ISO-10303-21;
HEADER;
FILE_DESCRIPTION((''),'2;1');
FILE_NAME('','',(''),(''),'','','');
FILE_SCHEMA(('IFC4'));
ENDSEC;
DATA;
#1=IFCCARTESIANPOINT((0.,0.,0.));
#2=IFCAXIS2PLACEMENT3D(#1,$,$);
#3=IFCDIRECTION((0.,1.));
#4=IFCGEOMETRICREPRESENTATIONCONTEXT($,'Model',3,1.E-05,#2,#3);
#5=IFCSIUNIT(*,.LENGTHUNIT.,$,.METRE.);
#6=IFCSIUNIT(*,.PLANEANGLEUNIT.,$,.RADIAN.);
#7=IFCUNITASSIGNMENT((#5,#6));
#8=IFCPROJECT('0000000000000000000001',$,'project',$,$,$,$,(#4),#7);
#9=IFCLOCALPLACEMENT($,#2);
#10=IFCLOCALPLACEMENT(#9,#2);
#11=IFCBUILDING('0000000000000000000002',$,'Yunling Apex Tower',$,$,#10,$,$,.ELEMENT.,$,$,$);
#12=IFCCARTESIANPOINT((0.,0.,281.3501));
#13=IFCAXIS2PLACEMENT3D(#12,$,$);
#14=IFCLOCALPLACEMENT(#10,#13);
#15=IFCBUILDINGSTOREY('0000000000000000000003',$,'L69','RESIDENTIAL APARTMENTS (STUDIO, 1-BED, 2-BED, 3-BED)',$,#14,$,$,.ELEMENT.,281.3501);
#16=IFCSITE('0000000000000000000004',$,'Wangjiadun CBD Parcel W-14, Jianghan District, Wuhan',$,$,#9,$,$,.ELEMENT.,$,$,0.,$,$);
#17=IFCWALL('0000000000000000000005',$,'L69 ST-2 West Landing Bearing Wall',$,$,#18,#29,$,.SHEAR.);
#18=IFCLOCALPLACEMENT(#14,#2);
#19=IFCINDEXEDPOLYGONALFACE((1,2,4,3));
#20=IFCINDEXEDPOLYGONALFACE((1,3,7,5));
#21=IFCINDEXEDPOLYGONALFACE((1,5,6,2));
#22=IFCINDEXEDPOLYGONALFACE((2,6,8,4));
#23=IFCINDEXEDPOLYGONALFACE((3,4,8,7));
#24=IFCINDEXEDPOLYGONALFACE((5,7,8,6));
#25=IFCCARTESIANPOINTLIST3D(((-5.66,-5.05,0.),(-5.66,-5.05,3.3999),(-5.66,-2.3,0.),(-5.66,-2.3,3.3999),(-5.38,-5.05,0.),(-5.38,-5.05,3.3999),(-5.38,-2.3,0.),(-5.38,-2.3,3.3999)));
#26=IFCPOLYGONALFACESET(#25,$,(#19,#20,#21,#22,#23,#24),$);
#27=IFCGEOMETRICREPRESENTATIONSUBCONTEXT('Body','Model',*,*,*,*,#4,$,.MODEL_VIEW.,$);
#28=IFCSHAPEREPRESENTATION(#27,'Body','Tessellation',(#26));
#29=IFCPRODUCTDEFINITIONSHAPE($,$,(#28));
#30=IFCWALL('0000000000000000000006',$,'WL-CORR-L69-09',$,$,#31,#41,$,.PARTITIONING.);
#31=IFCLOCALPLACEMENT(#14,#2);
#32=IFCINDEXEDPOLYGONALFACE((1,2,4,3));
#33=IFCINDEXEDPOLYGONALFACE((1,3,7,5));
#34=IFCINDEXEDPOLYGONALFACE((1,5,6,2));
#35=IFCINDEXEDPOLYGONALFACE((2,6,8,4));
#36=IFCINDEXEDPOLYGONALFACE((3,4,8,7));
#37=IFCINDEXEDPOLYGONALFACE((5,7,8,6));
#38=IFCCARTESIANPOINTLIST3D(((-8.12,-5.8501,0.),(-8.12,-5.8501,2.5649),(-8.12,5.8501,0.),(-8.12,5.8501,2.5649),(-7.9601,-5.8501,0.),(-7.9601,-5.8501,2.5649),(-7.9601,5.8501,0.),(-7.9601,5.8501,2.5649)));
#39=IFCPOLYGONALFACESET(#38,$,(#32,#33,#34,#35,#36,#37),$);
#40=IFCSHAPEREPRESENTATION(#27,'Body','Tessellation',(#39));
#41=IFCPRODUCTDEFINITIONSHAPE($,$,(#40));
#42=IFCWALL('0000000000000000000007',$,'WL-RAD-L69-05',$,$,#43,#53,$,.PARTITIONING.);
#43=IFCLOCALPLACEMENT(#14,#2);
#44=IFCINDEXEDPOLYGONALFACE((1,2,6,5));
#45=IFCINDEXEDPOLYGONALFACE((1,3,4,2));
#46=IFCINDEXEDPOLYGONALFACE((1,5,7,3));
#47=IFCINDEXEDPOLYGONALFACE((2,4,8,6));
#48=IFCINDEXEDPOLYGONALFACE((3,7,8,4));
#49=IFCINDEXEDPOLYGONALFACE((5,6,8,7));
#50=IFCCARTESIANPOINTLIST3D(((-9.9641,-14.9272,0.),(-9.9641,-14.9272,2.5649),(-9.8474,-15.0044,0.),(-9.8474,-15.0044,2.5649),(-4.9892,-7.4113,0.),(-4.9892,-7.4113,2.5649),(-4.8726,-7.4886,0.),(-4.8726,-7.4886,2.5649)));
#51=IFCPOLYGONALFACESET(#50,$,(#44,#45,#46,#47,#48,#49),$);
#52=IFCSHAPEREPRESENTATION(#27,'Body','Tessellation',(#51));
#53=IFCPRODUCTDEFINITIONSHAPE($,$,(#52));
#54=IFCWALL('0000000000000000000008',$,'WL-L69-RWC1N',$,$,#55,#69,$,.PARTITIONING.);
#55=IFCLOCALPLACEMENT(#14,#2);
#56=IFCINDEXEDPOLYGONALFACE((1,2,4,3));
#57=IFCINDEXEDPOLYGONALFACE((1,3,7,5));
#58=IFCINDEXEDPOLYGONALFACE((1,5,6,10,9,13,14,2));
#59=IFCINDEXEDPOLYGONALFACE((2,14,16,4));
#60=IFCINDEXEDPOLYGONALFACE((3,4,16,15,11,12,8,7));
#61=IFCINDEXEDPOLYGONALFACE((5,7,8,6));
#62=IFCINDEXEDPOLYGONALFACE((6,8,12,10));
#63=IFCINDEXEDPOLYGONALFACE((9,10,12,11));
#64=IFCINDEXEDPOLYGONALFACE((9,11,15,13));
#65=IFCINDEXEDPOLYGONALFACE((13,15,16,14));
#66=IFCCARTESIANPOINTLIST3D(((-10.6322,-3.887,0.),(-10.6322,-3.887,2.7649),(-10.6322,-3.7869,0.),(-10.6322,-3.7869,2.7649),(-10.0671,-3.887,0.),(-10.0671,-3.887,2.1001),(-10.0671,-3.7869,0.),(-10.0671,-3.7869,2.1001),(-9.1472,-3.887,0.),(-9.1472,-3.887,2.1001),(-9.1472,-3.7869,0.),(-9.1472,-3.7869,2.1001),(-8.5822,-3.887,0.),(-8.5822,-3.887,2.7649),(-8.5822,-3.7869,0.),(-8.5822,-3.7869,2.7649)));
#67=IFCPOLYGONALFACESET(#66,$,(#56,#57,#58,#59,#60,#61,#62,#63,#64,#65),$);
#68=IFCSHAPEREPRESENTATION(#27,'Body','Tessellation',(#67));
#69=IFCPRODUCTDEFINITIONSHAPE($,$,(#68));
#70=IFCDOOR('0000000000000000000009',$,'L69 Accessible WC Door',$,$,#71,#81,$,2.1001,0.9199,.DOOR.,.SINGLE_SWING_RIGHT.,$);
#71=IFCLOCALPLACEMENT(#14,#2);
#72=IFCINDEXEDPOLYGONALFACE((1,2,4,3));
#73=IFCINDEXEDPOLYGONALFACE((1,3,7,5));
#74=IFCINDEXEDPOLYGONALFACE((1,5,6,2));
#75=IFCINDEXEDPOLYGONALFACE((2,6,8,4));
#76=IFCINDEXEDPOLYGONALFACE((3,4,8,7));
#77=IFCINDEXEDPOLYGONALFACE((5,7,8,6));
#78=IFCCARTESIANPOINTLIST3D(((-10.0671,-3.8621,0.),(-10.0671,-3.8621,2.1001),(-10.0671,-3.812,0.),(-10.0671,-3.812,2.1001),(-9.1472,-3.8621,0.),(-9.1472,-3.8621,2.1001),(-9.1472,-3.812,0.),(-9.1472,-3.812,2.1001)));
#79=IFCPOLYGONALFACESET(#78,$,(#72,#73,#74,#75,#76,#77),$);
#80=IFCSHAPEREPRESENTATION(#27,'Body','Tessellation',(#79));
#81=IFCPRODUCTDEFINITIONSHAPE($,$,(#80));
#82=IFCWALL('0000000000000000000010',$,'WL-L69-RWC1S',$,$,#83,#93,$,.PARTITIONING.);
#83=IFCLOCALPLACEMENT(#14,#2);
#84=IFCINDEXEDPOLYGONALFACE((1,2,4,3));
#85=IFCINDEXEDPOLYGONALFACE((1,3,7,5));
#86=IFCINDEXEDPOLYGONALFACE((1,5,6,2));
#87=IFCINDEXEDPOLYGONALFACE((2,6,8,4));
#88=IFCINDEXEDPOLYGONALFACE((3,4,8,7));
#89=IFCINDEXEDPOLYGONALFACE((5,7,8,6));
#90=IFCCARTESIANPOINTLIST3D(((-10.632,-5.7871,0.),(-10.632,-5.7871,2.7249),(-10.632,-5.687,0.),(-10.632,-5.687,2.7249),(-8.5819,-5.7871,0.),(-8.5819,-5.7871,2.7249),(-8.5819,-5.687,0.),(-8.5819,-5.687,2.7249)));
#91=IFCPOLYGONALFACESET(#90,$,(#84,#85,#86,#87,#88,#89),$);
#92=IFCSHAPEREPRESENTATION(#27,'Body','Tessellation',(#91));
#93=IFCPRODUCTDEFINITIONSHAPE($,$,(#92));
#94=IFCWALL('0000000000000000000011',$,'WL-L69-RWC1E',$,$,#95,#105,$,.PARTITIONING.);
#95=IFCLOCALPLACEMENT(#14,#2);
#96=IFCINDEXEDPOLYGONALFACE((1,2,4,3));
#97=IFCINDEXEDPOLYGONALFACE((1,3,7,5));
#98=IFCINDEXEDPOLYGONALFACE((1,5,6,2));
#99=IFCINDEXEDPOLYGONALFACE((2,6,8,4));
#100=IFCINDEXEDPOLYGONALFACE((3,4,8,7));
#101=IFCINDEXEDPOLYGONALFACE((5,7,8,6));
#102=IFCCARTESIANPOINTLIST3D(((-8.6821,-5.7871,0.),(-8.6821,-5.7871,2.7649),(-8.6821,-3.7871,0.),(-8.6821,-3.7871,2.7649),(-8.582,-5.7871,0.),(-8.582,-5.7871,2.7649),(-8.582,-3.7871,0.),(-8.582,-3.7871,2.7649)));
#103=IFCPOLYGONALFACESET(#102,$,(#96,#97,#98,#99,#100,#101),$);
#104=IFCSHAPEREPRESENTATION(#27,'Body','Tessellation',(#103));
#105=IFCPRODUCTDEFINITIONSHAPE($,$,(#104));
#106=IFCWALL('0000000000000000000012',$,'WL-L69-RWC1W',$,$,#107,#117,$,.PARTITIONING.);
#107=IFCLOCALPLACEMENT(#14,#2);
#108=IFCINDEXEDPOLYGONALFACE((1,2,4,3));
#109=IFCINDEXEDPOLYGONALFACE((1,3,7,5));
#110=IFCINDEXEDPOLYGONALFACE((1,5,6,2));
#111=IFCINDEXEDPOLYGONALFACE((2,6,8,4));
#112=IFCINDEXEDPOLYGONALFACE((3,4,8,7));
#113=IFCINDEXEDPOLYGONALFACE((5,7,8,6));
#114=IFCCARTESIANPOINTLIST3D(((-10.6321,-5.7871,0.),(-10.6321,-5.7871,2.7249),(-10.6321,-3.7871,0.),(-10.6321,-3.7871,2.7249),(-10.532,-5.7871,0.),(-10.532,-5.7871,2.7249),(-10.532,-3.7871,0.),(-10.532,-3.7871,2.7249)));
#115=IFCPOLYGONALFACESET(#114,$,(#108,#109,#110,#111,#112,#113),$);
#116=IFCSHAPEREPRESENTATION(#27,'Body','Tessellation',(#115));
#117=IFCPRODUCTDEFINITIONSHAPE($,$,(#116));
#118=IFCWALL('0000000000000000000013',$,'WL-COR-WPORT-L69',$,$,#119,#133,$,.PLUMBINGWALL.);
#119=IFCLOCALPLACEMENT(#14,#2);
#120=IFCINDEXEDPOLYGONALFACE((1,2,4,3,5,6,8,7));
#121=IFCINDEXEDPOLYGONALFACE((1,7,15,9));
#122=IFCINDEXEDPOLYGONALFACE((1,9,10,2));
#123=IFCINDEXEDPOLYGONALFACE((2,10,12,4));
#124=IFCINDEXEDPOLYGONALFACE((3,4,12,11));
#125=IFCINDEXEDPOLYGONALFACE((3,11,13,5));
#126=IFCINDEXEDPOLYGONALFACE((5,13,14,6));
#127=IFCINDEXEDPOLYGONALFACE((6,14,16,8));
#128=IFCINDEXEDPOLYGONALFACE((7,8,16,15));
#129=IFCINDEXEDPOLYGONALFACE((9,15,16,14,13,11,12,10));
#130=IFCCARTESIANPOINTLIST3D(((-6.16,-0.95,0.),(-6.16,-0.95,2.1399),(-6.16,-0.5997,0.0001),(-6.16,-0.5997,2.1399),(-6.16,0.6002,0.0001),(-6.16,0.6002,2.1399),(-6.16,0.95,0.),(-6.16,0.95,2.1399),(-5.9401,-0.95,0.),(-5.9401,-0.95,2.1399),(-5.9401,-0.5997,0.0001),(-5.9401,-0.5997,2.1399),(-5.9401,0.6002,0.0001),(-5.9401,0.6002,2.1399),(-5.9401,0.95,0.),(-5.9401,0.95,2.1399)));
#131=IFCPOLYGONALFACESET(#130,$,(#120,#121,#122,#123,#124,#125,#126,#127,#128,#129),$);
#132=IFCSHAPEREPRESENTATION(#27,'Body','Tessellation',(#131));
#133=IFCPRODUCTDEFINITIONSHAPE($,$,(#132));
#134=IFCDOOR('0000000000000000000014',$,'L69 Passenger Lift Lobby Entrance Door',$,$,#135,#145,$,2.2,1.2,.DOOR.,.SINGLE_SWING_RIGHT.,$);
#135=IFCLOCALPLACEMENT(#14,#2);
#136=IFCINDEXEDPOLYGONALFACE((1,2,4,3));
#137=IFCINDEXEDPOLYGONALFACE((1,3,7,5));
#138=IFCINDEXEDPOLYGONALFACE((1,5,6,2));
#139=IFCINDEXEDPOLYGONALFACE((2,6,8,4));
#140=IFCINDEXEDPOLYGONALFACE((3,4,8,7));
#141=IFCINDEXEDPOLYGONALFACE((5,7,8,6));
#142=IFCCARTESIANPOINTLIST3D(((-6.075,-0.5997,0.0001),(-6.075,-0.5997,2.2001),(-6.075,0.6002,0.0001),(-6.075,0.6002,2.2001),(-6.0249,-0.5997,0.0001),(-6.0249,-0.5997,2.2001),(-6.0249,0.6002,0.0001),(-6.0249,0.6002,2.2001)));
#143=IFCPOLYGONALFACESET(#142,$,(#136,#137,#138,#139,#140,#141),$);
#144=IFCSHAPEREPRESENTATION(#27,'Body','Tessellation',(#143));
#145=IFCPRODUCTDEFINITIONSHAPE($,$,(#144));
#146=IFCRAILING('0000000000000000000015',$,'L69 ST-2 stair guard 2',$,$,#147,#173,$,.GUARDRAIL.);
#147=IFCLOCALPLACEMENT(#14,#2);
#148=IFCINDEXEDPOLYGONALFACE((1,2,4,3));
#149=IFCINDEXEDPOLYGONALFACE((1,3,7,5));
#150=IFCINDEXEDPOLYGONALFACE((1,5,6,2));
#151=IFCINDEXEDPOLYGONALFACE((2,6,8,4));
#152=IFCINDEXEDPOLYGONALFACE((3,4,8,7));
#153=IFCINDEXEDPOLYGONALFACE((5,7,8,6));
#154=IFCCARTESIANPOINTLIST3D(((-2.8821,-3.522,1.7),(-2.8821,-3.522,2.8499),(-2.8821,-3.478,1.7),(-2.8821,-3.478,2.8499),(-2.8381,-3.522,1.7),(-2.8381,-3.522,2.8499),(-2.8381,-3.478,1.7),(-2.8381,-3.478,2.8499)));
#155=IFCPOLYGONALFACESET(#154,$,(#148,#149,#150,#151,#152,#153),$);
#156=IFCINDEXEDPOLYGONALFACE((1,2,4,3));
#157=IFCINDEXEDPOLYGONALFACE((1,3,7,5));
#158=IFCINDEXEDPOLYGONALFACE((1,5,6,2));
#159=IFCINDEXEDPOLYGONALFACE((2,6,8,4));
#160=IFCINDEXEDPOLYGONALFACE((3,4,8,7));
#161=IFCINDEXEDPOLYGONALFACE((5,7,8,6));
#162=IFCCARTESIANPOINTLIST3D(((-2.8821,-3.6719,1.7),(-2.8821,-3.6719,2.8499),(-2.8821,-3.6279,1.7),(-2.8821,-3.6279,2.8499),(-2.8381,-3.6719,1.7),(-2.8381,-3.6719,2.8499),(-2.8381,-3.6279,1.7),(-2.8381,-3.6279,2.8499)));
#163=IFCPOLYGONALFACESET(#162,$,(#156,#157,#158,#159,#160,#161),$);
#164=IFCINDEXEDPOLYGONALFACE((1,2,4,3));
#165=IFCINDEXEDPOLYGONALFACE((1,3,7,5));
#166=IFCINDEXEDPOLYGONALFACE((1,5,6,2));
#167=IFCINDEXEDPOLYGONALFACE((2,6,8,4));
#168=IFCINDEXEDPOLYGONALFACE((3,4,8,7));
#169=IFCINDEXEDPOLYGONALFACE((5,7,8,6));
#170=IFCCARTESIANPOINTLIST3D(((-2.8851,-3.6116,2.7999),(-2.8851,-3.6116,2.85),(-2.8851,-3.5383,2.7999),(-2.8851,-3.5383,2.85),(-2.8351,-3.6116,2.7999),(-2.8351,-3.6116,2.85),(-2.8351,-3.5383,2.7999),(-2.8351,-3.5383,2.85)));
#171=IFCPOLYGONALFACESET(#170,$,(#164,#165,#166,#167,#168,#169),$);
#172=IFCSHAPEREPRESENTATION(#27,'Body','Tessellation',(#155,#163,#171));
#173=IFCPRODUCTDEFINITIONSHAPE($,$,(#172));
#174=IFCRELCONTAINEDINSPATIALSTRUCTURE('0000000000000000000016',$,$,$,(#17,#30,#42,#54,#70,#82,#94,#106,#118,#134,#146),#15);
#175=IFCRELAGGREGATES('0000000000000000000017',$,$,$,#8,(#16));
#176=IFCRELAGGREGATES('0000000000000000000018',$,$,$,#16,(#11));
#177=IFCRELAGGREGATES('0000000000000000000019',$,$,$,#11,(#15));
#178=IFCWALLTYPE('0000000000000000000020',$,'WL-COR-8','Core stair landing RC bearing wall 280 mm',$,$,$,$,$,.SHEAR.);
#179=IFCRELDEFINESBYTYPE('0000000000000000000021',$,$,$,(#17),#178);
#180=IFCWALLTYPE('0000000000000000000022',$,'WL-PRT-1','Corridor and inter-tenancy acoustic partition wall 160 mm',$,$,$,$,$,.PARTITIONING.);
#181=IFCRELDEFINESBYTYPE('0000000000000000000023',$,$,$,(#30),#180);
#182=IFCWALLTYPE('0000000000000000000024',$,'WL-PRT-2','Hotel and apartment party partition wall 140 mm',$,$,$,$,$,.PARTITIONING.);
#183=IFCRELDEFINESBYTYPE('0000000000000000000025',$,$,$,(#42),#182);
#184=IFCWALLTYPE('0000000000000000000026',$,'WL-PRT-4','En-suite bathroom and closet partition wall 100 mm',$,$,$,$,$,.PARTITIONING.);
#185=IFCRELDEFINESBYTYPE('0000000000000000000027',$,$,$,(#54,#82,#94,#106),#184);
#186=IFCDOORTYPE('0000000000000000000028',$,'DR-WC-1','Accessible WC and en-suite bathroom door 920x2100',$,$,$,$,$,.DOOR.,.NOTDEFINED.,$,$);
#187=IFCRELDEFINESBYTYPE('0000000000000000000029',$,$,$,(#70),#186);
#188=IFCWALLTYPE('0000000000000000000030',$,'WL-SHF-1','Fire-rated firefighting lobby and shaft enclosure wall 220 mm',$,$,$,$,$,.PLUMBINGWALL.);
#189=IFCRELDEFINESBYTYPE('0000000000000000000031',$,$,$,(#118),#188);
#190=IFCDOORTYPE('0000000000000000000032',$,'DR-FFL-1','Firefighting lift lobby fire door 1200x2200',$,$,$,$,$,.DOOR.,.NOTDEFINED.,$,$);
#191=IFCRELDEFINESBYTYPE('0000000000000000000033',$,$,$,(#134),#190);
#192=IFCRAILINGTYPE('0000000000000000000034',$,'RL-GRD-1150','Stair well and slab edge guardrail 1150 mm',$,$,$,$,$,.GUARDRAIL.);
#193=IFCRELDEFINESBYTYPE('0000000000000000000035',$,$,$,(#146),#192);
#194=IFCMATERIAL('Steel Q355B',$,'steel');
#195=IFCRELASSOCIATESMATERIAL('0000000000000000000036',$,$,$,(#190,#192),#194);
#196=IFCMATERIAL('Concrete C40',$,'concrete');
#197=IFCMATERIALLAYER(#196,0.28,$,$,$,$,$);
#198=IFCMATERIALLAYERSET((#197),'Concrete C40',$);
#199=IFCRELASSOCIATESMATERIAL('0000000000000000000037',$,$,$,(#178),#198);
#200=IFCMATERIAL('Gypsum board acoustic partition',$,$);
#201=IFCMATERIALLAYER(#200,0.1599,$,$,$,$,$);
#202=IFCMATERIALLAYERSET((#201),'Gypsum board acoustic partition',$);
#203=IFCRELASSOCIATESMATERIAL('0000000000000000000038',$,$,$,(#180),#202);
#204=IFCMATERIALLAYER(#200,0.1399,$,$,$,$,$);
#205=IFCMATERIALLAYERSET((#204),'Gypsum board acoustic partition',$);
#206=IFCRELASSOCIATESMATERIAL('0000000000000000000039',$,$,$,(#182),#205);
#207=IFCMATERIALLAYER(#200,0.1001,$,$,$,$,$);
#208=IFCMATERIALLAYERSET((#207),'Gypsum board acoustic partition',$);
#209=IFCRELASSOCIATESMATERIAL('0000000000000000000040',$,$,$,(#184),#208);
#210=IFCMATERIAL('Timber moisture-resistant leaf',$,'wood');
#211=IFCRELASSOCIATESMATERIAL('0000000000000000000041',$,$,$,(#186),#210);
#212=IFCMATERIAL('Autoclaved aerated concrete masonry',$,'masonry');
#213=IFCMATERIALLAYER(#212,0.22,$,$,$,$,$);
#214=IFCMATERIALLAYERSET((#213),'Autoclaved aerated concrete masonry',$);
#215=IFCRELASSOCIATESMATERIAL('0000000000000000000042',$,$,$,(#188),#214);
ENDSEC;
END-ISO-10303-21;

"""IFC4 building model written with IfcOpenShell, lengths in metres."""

from ifc_helpers import new_model, si_unit, direction, frame, frame_2d, origin, origin_2d, place, context, subcontext, project, spatial, rectangle, extrude, material, layer, layer_set, type_object, element, fill, save


model = new_model("IFC4")

# Units and contexts
model_context = context("Model", 3, precision=1e-05, world=origin(), true_north=direction((0.0, 1.0)))
body_context = subcontext(model_context, "Body", "Model", "MODEL_VIEW")
ifc_project = project(units=[si_unit("LENGTHUNIT", "METRE"), si_unit("PLANEANGLEUNIT", "RADIAN")], contexts=[model_context])

# Site, building, storey
site_placement = place(None, origin())
site = spatial("IfcSite", under=ifc_project, at=site_placement, Name="Wangjiadun CBD Parcel W-14, Jianghan District, Wuhan", CompositionType="ELEMENT", RefElevation=0.0)
building_placement = place(site_placement, origin())
building = spatial("IfcBuilding", under=site, at=building_placement, Name="Yunling Apex Tower", CompositionType="ELEMENT")
storey_placement = place(building_placement, frame((0.0, 0.0, 281.3501)))
storey = spatial("IfcBuildingStorey", under=building, at=storey_placement, Name="L69", Description="RESIDENTIAL APARTMENTS (STUDIO, 1-BED, 2-BED, 3-BED)", CompositionType="ELEMENT", Elevation=281.3501)

# Shared definitions
ifc_material_1 = material(Name="Steel Q355B", Category="steel")

# Shared definitions
ifc_material_2 = material(Name="Concrete C40", Category="concrete")

# Shared definitions
door_type_1 = type_object("IfcDoorType", Name="DR-FFL-1", Description="Firefighting lift lobby fire door 1200x2200", OperationType="NOTDEFINED", PredefinedType="DOOR", material=ifc_material_1)

# Walls
ifc_layer_1 = layer(ifc_material_2, 0.28)
ifc_layer_set_1 = layer_set([ifc_layer_1], Name="Concrete C40")
wall_type_1 = type_object("IfcWallType", Name="WL-COR-8", Description="Core stair landing RC bearing wall 280 mm", PredefinedType="SHEAR", material=ifc_layer_set_1)
wall_1_placement = place(storey_placement, frame((-5.52, -5.05, 0.0), z_axis=(0.0, 0.0, 1.0), x_axis=(0.0, 1.0, 0.0)))
element("IfcWall", 1, at=wall_1_placement, inside=storey, type_object=wall_type_1, Name="L69 ST-2 West Landing Bearing Wall", PredefinedType="SHEAR", context=body_context, shape_type="SweptSolid", body=[
    extrude(rectangle(XDim=2.75, YDim=0.28, at=frame_2d((1.375, 0.0))), origin(), (0.0, 0.0, 1.0), 3.3999),
])
ifc_material_3 = material(Name="Gypsum board acoustic partition")
ifc_layer_2 = layer(ifc_material_3, 0.1599)
ifc_layer_set_2 = layer_set([ifc_layer_2], Name="Gypsum board acoustic partition")
wall_type_2 = type_object("IfcWallType", Name="WL-PRT-1", Description="Corridor and inter-tenancy acoustic partition wall 160 mm", PredefinedType="PARTITIONING", material=ifc_layer_set_2)
wall_2_placement = place(storey_placement, frame((-8.04, -5.8501, 0.0), z_axis=(0.0, 0.0, 1.0), x_axis=(0.0, 1.0, 0.0)))
element("IfcWall", 2, at=wall_2_placement, inside=storey, type_object=wall_type_2, Name="WL-CORR-L69-09", PredefinedType="PARTITIONING", context=body_context, shape_type="SweptSolid", body=[
    extrude(rectangle(XDim=11.7002, YDim=0.1599, at=frame_2d((5.8501, 0.0))), origin(), (0.0, 0.0, 1.0), 2.5649),
])
ifc_layer_3 = layer(ifc_material_3, 0.1399)
ifc_layer_set_3 = layer_set([ifc_layer_3], Name="Gypsum board acoustic partition")
wall_type_3 = type_object("IfcWallType", Name="WL-PRT-2", Description="Hotel and apartment party partition wall 140 mm", PredefinedType="PARTITIONING", material=ifc_layer_set_3)
wall_3_placement = place(storey_placement, frame((-4.9309, -7.45, 0.0), z_axis=(0.0, 0.0, 1.0), x_axis=(-0.551953, -0.833875, 0.0)))
element("IfcWall", 3, at=wall_3_placement, inside=storey, type_object=wall_type_3, Name="WL-RAD-L69-05", PredefinedType="PARTITIONING", context=body_context, shape_type="SweptSolid", body=[
    extrude(rectangle(XDim=9.0132, YDim=0.1399, at=frame_2d((4.5066, 0.0))), origin(), (0.0, 0.0, 1.0), 2.5649),
])

# Wall, opening, door
ifc_layer_4 = layer(ifc_material_3, 0.1001)
ifc_layer_set_4 = layer_set([ifc_layer_4], Name="Gypsum board acoustic partition")
wall_type_4 = type_object("IfcWallType", Name="WL-PRT-4", Description="En-suite bathroom and closet partition wall 100 mm", PredefinedType="PARTITIONING", material=ifc_layer_set_4)
wall_4_placement = place(storey_placement, frame((-10.6321, -3.8369, 0.0), z_axis=(0.0, 0.0, 1.0), x_axis=(1.0, 0.0, 0.0)))
wall_4 = element("IfcWall", 4, at=wall_4_placement, inside=storey, type_object=wall_type_4, Name="WL-L69-RWC1N", PredefinedType="PARTITIONING", context=body_context, shape_type="SweptSolid", body=[
    extrude(rectangle(XDim=2.05, YDim=0.1001, at=frame_2d((1.0249, 0.0))), origin(), (0.0, 0.0, 1.0), 2.7649),
])
opening_1_placement = place(wall_4_placement, frame((0.5649, 0.0, 0.0)))
opening_1 = element("IfcOpeningElement", 5, at=opening_1_placement, cuts=wall_4, PredefinedType="OPENING", context=body_context, shape_type="SweptSolid", body=[
    extrude(rectangle(XDim=0.9199, YDim=2.1001, at=frame_2d((0.46, 1.05))), frame((0.0, 0.0601, 0.0), z_axis=(0.0, -1.0, 0.0), x_axis=(1.0, 0.0, 0.0)), (0.0, 0.0, 1.0), 0.1201),
])
ifc_material_4 = material(Name="Timber moisture-resistant leaf", Category="wood")
door_type_2 = type_object("IfcDoorType", Name="DR-WC-1", Description="Accessible WC and en-suite bathroom door 920x2100", OperationType="NOTDEFINED", PredefinedType="DOOR", material=ifc_material_4)
door_1_placement = place(opening_1_placement, origin())
door_1 = element("IfcDoor", 6, at=door_1_placement, inside=storey, type_object=door_type_2, Name="L69 Accessible WC Door", OperationType="SINGLE_SWING_RIGHT", OverallHeight=2.1001, OverallWidth=0.9199, PredefinedType="DOOR", context=body_context, shape_type="SweptSolid", body=[
    extrude(rectangle(XDim=0.9199, YDim=2.1001, at=frame_2d((0.46, 1.05))), frame((0.0, 0.0249, 0.0), z_axis=(0.0, -1.0, 0.0), x_axis=(1.0, 0.0, 0.0)), (0.0, 0.0, 1.0), 0.05),
])
fill(opening_1, door_1)

# Walls
wall_5_placement = place(storey_placement, frame((-8.582, -5.7371, 0.0), z_axis=(0.0, 0.0, 1.0), x_axis=(-1.0, 0.0, 0.0)))
element("IfcWall", 7, at=wall_5_placement, inside=storey, type_object=wall_type_4, Name="WL-L69-RWC1S", PredefinedType="PARTITIONING", context=body_context, shape_type="SweptSolid", body=[
    extrude(rectangle(XDim=2.05, YDim=0.1001, at=frame_2d((1.0249, 0.0))), origin(), (0.0, 0.0, 1.0), 2.7249),
])
wall_6_placement = place(storey_placement, frame((-8.6321, -3.7871, 0.0), z_axis=(0.0, 0.0, 1.0), x_axis=(0.0, -1.0, 0.0)))
element("IfcWall", 8, at=wall_6_placement, inside=storey, type_object=wall_type_4, Name="WL-L69-RWC1E", PredefinedType="PARTITIONING", context=body_context, shape_type="SweptSolid", body=[
    extrude(rectangle(XDim=2.0, YDim=0.1001, at=frame_2d((1.0, 0.0))), origin(), (0.0, 0.0, 1.0), 2.7649),
])
wall_7_placement = place(storey_placement, frame((-10.582, -5.7871, 0.0), z_axis=(0.0, 0.0, 1.0), x_axis=(0.0, 1.0, 0.0)))
element("IfcWall", 9, at=wall_7_placement, inside=storey, type_object=wall_type_4, Name="WL-L69-RWC1W", PredefinedType="PARTITIONING", context=body_context, shape_type="SweptSolid", body=[
    extrude(rectangle(XDim=2.0, YDim=0.1001, at=frame_2d((1.0, 0.0))), origin(), (0.0, 0.0, 1.0), 2.7249),
])

# Wall, opening, door
ifc_material_5 = material(Name="Autoclaved aerated concrete masonry", Category="masonry")
ifc_layer_5 = layer(ifc_material_5, 0.22)
ifc_layer_set_5 = layer_set([ifc_layer_5], Name="Autoclaved aerated concrete masonry")
wall_type_5 = type_object("IfcWallType", Name="WL-SHF-1", Description="Fire-rated firefighting lobby and shaft enclosure wall 220 mm", PredefinedType="PLUMBINGWALL", material=ifc_layer_set_5)
wall_8_placement = place(storey_placement, frame((-6.05, -0.95, 0.0), z_axis=(0.0, 0.0, 1.0), x_axis=(0.0, 1.0, 0.0)))
wall_8 = element("IfcWall", 10, at=wall_8_placement, inside=storey, type_object=wall_type_5, Name="WL-COR-WPORT-L69", PredefinedType="PLUMBINGWALL", context=body_context, shape_type="SweptSolid", body=[
    extrude(rectangle(XDim=1.8999, YDim=0.22, at=frame_2d((0.95, 0.0))), origin(), (0.0, 0.0, 1.0), 2.1399),
])
opening_2_placement = place(wall_8_placement, frame((0.3501, 0.0, 0.0)))
opening_2 = element("IfcOpeningElement", 11, at=opening_2_placement, cuts=wall_8, PredefinedType="OPENING", context=body_context, shape_type="SweptSolid", body=[
    extrude(rectangle(XDim=1.2, YDim=2.2, at=frame_2d((0.6001, 1.1001))), frame((0.0, 0.1201, 0.0), z_axis=(0.0, -1.0, 0.0), x_axis=(1.0, 0.0, 0.0)), (0.0, 0.0, 1.0), 0.24),
])
door_2_placement = place(opening_2_placement, origin())
door_2 = element("IfcDoor", 12, at=door_2_placement, inside=storey, type_object=door_type_1, Name="L69 Passenger Lift Lobby Entrance Door", OperationType="SINGLE_SWING_RIGHT", OverallHeight=2.2, OverallWidth=1.2, PredefinedType="DOOR", context=body_context, shape_type="SweptSolid", body=[
    extrude(rectangle(XDim=1.2, YDim=2.2, at=frame_2d((0.6001, 1.1001))), frame((0.0, 0.0249, 0.0), z_axis=(0.0, -1.0, 0.0), x_axis=(1.0, 0.0, 0.0)), (0.0, 0.0, 1.0), 0.05),
])
fill(opening_2, door_2)

# Railing
railing_type = type_object("IfcRailingType", Name="RL-GRD-1150", Description="Stair well and slab edge guardrail 1150 mm", PredefinedType="GUARDRAIL", material=ifc_material_1)
railing_placement = place(storey_placement, frame((-2.8601, -3.5, 1.7)))
element("IfcRailing", 13, at=railing_placement, inside=storey, type_object=railing_type, Name="L69 ST-2 stair guard 2", PredefinedType="GUARDRAIL", context=body_context, shape_type="SweptSolid", body=[
    extrude(rectangle(XDim=0.0439, YDim=0.0439, at=origin_2d()), origin(), (0.0, 0.0, 1.0), 1.1499),
    extrude(rectangle(XDim=0.0439, YDim=0.0439, at=origin_2d()), frame((0.0, -0.1499, 0.0)), (0.0, 0.0, 1.0), 1.1499),
    extrude(rectangle(XDim=0.05, YDim=0.05, at=origin_2d()), frame((0.0, -0.0383, 1.125), z_axis=(0.0, -1.0, 0.0), x_axis=(1.0, 0.0, 0.0)), (0.0, 0.0, 1.0), 0.0732),
])

save(model, "model.ifc")
